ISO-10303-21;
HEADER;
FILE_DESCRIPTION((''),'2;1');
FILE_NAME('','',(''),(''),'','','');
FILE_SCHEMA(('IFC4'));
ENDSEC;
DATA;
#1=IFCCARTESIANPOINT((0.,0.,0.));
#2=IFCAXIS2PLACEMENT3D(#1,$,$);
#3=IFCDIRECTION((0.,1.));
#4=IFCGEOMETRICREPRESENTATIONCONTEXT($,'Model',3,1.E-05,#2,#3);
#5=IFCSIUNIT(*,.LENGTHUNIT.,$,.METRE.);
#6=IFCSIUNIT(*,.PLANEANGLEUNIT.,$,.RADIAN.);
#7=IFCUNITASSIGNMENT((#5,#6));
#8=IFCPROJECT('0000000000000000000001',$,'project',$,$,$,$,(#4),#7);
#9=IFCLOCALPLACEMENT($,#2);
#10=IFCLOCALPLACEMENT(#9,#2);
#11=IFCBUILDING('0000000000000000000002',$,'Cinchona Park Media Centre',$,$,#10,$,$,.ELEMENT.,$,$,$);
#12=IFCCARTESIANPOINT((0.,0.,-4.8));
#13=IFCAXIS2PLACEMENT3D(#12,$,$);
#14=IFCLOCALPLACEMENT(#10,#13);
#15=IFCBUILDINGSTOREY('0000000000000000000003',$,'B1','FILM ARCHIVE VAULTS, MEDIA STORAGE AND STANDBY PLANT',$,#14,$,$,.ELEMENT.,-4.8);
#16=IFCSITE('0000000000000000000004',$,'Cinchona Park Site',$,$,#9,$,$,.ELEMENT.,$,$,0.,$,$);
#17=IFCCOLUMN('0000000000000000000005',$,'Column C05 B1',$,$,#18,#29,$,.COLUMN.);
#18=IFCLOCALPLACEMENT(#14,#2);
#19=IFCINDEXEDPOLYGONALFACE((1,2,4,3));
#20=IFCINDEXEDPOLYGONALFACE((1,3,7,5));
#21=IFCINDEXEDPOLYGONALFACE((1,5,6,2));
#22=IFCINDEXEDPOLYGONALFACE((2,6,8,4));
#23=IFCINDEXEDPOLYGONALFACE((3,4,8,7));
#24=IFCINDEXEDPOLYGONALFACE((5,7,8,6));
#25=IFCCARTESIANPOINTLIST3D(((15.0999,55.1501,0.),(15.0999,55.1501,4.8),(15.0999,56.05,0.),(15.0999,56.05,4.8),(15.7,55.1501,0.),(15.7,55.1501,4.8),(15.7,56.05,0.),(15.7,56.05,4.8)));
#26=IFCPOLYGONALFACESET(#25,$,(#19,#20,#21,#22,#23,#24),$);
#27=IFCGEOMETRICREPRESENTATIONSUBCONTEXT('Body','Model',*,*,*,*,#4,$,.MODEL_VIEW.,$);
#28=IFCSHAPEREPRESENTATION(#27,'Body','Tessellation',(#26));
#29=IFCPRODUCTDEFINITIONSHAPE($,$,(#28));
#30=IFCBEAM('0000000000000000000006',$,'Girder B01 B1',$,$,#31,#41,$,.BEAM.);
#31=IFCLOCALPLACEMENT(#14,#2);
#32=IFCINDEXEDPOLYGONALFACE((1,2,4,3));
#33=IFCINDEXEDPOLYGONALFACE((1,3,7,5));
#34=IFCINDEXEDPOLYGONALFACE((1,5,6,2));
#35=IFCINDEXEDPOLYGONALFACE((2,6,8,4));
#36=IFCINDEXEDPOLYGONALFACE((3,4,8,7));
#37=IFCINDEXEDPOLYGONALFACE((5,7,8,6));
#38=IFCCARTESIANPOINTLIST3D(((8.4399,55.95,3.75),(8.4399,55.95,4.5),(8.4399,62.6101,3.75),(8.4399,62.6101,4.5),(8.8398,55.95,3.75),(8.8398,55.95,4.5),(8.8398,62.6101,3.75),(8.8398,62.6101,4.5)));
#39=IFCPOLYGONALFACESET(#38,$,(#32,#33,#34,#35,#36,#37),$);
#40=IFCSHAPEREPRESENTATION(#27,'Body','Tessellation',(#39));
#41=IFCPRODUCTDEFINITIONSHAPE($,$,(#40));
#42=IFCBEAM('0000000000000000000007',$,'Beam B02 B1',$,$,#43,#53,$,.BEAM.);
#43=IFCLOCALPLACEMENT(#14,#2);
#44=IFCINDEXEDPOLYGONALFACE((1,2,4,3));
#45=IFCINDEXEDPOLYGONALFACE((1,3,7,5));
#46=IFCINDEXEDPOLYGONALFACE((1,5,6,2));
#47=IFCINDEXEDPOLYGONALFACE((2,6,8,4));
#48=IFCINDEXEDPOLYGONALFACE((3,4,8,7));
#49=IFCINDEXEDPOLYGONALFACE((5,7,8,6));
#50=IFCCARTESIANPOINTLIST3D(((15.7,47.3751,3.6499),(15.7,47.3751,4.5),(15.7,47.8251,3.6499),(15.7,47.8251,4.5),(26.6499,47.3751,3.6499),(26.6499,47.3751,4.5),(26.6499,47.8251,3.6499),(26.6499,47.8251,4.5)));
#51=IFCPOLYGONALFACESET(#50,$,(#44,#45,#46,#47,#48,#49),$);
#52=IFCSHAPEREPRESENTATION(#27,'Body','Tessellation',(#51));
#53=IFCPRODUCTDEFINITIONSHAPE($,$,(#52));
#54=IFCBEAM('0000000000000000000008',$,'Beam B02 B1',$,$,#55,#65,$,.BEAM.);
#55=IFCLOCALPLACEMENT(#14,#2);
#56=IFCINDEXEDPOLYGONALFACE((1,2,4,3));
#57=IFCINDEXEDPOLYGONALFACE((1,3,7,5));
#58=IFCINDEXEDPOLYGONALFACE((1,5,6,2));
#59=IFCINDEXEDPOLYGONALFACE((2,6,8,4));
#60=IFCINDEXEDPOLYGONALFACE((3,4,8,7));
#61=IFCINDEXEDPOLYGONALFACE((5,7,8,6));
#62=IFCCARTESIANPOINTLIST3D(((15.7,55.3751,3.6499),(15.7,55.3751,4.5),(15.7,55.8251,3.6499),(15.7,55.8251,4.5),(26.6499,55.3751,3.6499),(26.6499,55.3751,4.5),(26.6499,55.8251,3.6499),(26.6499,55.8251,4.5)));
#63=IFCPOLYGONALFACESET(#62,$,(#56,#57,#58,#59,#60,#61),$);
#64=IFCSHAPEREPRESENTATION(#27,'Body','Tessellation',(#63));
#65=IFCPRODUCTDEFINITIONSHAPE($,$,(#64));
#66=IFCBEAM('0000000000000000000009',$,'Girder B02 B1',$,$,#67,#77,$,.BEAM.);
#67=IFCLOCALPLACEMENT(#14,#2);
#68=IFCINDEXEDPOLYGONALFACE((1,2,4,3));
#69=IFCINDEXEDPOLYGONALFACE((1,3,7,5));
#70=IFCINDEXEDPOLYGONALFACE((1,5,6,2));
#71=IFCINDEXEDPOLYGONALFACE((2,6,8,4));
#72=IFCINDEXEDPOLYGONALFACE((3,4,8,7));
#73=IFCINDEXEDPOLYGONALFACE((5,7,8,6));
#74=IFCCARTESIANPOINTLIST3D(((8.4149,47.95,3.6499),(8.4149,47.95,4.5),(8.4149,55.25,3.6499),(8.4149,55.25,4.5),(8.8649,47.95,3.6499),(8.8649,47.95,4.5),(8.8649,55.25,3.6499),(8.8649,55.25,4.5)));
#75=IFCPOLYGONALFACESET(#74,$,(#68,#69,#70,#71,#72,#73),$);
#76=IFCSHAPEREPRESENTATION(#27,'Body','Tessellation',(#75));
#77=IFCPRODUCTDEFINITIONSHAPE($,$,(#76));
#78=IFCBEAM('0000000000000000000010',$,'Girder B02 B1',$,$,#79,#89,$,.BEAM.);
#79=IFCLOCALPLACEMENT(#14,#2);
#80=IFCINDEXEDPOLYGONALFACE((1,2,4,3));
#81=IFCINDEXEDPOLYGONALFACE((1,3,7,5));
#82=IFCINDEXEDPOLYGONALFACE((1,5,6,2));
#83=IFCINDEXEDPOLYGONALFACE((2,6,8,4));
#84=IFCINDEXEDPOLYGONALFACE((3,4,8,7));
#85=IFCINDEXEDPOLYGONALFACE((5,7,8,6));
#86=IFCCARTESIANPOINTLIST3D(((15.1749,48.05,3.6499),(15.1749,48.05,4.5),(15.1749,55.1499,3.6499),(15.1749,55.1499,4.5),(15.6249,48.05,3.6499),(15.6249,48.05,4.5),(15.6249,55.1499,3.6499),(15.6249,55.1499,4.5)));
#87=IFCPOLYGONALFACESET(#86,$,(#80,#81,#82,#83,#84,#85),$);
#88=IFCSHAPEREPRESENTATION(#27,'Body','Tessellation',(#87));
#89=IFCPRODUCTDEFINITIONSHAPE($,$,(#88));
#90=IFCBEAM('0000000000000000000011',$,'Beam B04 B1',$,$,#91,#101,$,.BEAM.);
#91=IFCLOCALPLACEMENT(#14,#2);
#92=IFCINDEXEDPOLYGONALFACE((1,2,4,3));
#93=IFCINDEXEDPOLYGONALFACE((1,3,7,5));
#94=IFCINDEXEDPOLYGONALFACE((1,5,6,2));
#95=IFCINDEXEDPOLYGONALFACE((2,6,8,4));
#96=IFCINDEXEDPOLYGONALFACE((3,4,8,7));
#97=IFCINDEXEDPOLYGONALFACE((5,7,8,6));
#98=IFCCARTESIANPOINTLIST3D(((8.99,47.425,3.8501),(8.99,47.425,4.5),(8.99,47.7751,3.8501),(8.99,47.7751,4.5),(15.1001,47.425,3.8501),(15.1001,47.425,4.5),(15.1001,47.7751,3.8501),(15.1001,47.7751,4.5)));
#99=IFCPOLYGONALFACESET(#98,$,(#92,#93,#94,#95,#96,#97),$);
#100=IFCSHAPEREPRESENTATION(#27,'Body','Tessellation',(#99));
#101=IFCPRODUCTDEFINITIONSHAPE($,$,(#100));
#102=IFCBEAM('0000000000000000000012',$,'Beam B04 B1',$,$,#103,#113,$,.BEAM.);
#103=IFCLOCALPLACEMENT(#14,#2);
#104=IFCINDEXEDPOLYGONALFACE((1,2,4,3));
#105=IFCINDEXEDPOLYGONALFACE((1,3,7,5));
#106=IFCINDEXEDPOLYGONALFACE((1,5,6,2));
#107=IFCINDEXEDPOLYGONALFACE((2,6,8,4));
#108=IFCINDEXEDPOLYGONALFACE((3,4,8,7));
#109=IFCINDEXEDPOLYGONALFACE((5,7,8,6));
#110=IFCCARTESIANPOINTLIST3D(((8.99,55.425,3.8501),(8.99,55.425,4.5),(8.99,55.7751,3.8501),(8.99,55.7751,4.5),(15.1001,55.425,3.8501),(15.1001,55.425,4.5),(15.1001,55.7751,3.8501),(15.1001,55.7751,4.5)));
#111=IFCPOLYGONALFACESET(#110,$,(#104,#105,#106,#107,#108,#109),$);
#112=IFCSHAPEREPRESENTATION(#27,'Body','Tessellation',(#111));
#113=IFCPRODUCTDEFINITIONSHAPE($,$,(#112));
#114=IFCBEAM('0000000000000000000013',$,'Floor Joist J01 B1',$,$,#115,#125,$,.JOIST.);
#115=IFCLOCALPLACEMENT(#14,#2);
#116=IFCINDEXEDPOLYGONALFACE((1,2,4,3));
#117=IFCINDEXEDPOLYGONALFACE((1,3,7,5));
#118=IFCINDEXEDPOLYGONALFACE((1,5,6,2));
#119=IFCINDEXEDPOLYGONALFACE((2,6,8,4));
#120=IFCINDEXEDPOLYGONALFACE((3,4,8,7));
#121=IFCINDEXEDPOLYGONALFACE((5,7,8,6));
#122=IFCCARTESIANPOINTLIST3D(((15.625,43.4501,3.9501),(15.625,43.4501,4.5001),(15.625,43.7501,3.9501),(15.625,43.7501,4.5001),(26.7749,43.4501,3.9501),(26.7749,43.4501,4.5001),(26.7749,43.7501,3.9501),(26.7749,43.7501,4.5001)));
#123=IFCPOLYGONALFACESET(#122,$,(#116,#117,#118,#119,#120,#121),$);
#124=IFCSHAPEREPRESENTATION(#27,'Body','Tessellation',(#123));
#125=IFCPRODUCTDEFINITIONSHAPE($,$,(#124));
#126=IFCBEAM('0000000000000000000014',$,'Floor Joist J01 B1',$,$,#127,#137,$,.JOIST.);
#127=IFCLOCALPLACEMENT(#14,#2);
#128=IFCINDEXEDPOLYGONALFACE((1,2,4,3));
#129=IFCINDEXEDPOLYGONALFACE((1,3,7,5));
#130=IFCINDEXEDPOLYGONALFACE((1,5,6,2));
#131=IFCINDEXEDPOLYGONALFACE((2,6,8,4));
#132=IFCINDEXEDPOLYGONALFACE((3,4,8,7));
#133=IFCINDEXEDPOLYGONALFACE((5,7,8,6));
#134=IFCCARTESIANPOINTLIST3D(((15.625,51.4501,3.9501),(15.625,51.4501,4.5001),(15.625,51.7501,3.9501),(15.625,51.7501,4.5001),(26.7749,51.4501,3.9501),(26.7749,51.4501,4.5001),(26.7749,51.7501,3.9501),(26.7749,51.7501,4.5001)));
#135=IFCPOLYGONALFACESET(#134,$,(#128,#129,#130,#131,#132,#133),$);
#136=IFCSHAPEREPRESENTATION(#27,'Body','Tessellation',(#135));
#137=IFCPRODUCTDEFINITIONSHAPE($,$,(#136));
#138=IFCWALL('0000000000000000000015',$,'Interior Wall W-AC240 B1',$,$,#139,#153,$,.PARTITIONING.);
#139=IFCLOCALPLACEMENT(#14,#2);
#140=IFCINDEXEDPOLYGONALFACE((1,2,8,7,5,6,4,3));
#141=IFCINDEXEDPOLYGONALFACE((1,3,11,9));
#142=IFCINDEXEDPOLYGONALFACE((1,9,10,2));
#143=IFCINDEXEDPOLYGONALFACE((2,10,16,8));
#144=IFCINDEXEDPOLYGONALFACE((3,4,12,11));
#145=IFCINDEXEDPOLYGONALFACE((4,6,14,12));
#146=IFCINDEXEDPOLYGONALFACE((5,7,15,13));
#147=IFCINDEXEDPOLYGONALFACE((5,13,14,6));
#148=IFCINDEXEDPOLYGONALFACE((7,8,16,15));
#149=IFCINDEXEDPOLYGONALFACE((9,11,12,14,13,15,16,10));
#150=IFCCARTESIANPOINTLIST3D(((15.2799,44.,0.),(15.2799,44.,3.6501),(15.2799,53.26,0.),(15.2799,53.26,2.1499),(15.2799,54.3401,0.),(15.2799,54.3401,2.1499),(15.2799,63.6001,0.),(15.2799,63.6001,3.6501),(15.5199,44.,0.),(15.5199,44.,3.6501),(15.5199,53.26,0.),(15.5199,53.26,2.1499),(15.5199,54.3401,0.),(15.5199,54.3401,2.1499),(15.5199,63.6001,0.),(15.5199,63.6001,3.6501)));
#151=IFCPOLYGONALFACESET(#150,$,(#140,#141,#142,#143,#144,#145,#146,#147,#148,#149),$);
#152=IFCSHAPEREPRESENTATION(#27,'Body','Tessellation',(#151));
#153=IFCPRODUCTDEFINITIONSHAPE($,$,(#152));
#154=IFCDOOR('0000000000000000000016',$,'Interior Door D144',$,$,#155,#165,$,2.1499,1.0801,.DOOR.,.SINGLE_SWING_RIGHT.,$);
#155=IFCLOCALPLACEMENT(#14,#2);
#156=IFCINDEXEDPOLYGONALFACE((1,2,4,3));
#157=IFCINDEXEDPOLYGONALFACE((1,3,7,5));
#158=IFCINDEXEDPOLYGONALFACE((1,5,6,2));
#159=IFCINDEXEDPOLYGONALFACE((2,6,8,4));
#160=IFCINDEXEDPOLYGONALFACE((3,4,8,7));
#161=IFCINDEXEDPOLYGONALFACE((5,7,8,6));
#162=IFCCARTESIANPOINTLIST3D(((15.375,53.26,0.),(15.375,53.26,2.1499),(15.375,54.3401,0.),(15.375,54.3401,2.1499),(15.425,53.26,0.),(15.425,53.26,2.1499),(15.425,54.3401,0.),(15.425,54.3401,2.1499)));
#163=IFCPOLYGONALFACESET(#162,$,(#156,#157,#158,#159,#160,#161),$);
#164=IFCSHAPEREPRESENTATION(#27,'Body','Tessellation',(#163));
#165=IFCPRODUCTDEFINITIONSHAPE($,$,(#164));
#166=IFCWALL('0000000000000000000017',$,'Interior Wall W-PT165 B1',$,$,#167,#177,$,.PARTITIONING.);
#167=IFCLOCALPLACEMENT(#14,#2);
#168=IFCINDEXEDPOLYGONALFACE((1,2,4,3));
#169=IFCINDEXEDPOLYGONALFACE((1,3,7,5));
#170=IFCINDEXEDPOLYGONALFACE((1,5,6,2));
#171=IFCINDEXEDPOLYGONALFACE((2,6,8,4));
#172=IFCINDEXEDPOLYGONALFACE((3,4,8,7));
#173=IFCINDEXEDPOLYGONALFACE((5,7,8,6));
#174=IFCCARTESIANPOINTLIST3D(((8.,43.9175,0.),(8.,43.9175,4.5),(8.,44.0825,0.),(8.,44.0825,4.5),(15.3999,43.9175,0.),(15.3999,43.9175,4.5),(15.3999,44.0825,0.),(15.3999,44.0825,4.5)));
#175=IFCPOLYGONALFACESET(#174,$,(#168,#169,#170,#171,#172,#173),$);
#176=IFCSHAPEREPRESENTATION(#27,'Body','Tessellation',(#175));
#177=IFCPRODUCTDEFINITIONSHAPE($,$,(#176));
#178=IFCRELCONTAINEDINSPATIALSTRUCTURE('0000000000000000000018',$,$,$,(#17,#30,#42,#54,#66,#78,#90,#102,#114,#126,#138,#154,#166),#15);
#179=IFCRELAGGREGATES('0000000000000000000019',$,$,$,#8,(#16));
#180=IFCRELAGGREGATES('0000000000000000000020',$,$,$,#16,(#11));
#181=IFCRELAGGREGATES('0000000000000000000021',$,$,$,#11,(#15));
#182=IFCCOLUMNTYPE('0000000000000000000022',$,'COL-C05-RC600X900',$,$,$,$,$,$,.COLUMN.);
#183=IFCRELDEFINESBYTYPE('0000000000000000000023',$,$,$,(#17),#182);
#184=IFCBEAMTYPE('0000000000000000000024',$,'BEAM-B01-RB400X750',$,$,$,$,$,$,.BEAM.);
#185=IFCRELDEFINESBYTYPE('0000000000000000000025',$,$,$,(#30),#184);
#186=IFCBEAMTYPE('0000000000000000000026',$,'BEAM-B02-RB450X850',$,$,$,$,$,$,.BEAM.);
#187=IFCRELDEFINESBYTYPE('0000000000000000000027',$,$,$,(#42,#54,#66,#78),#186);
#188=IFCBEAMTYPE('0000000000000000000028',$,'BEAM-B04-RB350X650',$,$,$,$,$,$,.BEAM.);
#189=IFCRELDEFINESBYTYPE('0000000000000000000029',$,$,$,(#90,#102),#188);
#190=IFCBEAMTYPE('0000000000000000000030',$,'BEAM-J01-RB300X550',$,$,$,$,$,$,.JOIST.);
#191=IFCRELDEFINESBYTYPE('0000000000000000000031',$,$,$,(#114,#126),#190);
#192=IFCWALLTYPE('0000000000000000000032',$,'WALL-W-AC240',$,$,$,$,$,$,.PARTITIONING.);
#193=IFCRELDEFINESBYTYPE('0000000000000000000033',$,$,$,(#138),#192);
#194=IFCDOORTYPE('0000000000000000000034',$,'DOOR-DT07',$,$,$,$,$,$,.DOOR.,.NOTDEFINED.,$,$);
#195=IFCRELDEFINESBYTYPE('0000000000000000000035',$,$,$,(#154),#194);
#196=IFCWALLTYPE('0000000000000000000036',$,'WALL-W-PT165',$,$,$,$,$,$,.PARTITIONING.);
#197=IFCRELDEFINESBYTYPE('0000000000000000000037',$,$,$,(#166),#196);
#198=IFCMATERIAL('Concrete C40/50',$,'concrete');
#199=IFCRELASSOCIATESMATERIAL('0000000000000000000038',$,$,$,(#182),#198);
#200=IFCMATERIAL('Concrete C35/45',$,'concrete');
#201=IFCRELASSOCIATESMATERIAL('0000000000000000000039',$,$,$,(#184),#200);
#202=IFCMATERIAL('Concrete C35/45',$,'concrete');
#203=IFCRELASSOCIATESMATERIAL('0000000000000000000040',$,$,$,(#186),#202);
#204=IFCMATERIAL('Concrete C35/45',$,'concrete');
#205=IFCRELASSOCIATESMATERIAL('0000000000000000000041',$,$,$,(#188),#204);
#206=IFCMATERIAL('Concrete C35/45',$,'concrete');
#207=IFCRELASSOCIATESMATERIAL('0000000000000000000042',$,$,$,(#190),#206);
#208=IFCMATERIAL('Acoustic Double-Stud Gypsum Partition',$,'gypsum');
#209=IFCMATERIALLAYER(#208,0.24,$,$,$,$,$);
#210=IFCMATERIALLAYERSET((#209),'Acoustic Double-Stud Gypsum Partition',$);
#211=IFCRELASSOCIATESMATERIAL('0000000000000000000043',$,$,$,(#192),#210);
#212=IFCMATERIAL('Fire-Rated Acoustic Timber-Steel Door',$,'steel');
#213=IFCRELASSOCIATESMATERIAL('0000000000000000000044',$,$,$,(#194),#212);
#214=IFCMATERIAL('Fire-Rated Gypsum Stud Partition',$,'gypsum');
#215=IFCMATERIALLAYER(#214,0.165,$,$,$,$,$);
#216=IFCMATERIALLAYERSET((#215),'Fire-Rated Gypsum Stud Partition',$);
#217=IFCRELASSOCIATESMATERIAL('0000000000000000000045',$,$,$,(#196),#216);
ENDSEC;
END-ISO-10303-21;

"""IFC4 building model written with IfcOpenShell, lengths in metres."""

from ifc_helpers import new_model, si_unit, direction, frame, frame_2d, origin, origin_2d, place, context, subcontext, project, spatial, rectangle, extrude, material, layer, layer_set, material_profile, profile_set, type_object, element, fill, save


model = new_model("IFC4")

# Units and contexts
model_context = context("Model", 3, precision=1e-05, world=origin(), true_north=direction((0.0, 1.0)))
body_context = subcontext(model_context, "Body", "Model", "MODEL_VIEW")
ifc_project = project(units=[si_unit("LENGTHUNIT", "METRE"), si_unit("PLANEANGLEUNIT", "RADIAN")], contexts=[model_context])

# Site, building, storey
site_placement = place(None, origin())
site = spatial("IfcSite", under=ifc_project, at=site_placement, Name="Cinchona Park Site", CompositionType="ELEMENT", RefElevation=0.0)
building_placement = place(site_placement, origin())
building = spatial("IfcBuilding", under=site, at=building_placement, Name="Cinchona Park Media Centre", CompositionType="ELEMENT")
storey_placement = place(building_placement, frame((0.0, 0.0, -4.8)))
storey = spatial("IfcBuildingStorey", under=building, at=storey_placement, Name="B1", Description="FILM ARCHIVE VAULTS, MEDIA STORAGE AND STANDBY PLANT", CompositionType="ELEMENT", Elevation=-4.8)

# Column
ifc_material_1 = material(Name="Concrete C40/50", Category="concrete")
ifc_material_profile_1 = material_profile(ifc_material_1, rectangle(XDim=0.6001, YDim=0.8999, at=origin_2d()), Name="RC 600X900")
ifc_profile_set_1 = profile_set([ifc_material_profile_1], Name="Concrete C40/50")
column_type_1 = type_object("IfcColumnType", Name="COL-C05-RC600X900", PredefinedType="COLUMN", material=ifc_profile_set_1)
for number, where, z_axis, x_axis, name in (
    (1, (15.3999, 55.6001, 0.0), (0.0, 0.0, 1.0), (1.0, 0.0, 0.0), "Column C05 B1"),
):
    element("IfcColumn", number, at=place(storey_placement, frame(where, z_axis=z_axis, x_axis=x_axis)), inside=storey, type_object=column_type_1, Name=name, PredefinedType="COLUMN", context=body_context, shape_type="SweptSolid", body=[
        extrude(rectangle(XDim=0.6001, YDim=0.8999, at=origin_2d()), origin(), (0.0, 0.0, 1.0), 4.8),
    ])

# Beams
ifc_material_2 = material(Name="Concrete C35/45", Category="concrete")
ifc_material_profile_2 = material_profile(ifc_material_2, rectangle(XDim=0.3999, YDim=0.75, at=origin_2d()), Name="RB 400X750")
ifc_profile_set_2 = profile_set([ifc_material_profile_2], Name="Concrete C35/45")
beam_type_1 = type_object("IfcBeamType", Name="BEAM-B01-RB400X750", PredefinedType="BEAM", material=ifc_profile_set_2)
beam_1_placement = place(storey_placement, frame((8.6399, 55.95, 4.125), z_axis=(0.0, 1.0, 0.0), x_axis=(-1.0, 0.0, 0.0)))
element("IfcBeam", 2, at=beam_1_placement, inside=storey, type_object=beam_type_1, Name="Girder B01 B1", PredefinedType="BEAM", context=body_context, shape_type="SweptSolid", body=[
    extrude(rectangle(XDim=0.3999, YDim=0.75, at=origin_2d()), origin(), (0.0, 0.0, 1.0), 6.6602),
])
ifc_material_3 = material(Name="Concrete C35/45", Category="concrete")
ifc_material_profile_3 = material_profile(ifc_material_3, rectangle(XDim=0.45, YDim=0.8501, at=origin_2d()), Name="RB 450X850")
ifc_profile_set_3 = profile_set([ifc_material_profile_3], Name="Concrete C35/45")
beam_type_2 = type_object("IfcBeamType", Name="BEAM-B02-RB450X850", PredefinedType="BEAM", material=ifc_profile_set_3)
for number, where, z_axis, x_axis, name in (
    (3, (15.7, 47.6001, 4.075), (1.0, 0.0, 0.0), (0.0, 1.0, 0.0), "Beam B02 B1"),
    (4, (15.7, 55.6001, 4.075), (1.0, 0.0, 0.0), (0.0, 1.0, 0.0), "Beam B02 B1"),
):
    element("IfcBeam", number, at=place(storey_placement, frame(where, z_axis=z_axis, x_axis=x_axis)), inside=storey, type_object=beam_type_2, Name=name, PredefinedType="BEAM", context=body_context, shape_type="SweptSolid", body=[
        extrude(rectangle(XDim=0.45, YDim=0.8501, at=origin_2d()), origin(), (0.0, 0.0, 1.0), 10.95),
    ])
beam_2_placement = place(storey_placement, frame((8.6399, 47.95, 4.075), z_axis=(0.0, 1.0, 0.0), x_axis=(-1.0, 0.0, 0.0)))
element("IfcBeam", 5, at=beam_2_placement, inside=storey, type_object=beam_type_2, Name="Girder B02 B1", PredefinedType="BEAM", context=body_context, shape_type="SweptSolid", body=[
    extrude(rectangle(XDim=0.45, YDim=0.8501, at=origin_2d()), origin(), (0.0, 0.0, 1.0), 7.3),
])
beam_3_placement = place(storey_placement, frame((15.3999, 48.05, 4.075), z_axis=(0.0, 1.0, 0.0), x_axis=(-1.0, 0.0, 0.0)))
element("IfcBeam", 6, at=beam_3_placement, inside=storey, type_object=beam_type_2, Name="Girder B02 B1", PredefinedType="BEAM", context=body_context, shape_type="SweptSolid", body=[
    extrude(rectangle(XDim=0.45, YDim=0.8501, at=origin_2d()), origin(), (0.0, 0.0, 1.0), 7.0999),
])
ifc_material_4 = material(Name="Concrete C35/45", Category="concrete")
ifc_material_profile_4 = material_profile(ifc_material_4, rectangle(XDim=0.3501, YDim=0.6499, at=origin_2d()), Name="RB 350X650")
ifc_profile_set_4 = profile_set([ifc_material_profile_4], Name="Concrete C35/45")
beam_type_3 = type_object("IfcBeamType", Name="BEAM-B04-RB350X650", PredefinedType="BEAM", material=ifc_profile_set_4)
for number, where, z_axis, x_axis, name in (
    (7, (8.99, 47.6001, 4.175), (1.0, 0.0, 0.0), (0.0, 1.0, 0.0), "Beam B04 B1"),
    (8, (8.99, 55.6001, 4.175), (1.0, 0.0, 0.0), (0.0, 1.0, 0.0), "Beam B04 B1"),
):
    element("IfcBeam", number, at=place(storey_placement, frame(where, z_axis=z_axis, x_axis=x_axis)), inside=storey, type_object=beam_type_3, Name=name, PredefinedType="BEAM", context=body_context, shape_type="SweptSolid", body=[
        extrude(rectangle(XDim=0.3501, YDim=0.6499, at=origin_2d()), origin(), (0.0, 0.0, 1.0), 6.1101),
    ])
ifc_material_5 = material(Name="Concrete C35/45", Category="concrete")
ifc_material_profile_5 = material_profile(ifc_material_5, rectangle(XDim=0.3, YDim=0.55, at=origin_2d()), Name="RB 300X550")
ifc_profile_set_5 = profile_set([ifc_material_profile_5], Name="Concrete C35/45")
beam_type_4 = type_object("IfcBeamType", Name="BEAM-J01-RB300X550", PredefinedType="JOIST", material=ifc_profile_set_5)
for number, where, z_axis, x_axis, name in (
    (9, (15.625, 43.6001, 4.2251), (1.0, 0.0, 0.0), (0.0, 1.0, 0.0), "Floor Joist J01 B1"),
    (10, (15.625, 51.6001, 4.2251), (1.0, 0.0, 0.0), (0.0, 1.0, 0.0), "Floor Joist J01 B1"),
):
    element("IfcBeam", number, at=place(storey_placement, frame(where, z_axis=z_axis, x_axis=x_axis)), inside=storey, type_object=beam_type_4, Name=name, PredefinedType="JOIST", context=body_context, shape_type="SweptSolid", body=[
        extrude(rectangle(XDim=0.3, YDim=0.55, at=origin_2d()), origin(), (0.0, 0.0, 1.0), 11.1499),
    ])

# Wall, opening, door
ifc_material_6 = material(Name="Acoustic Double-Stud Gypsum Partition", Category="gypsum")
ifc_layer_1 = layer(ifc_material_6, 0.24)
ifc_layer_set_1 = layer_set([ifc_layer_1], Name="Acoustic Double-Stud Gypsum Partition")
wall_type_1 = type_object("IfcWallType", Name="WALL-W-AC240", PredefinedType="PARTITIONING", material=ifc_layer_set_1)
wall_1_placement = place(storey_placement, frame((15.3999, 44.0, 0.0), z_axis=(0.0, 0.0, 1.0), x_axis=(0.0, 1.0, 0.0)))
wall_1 = element("IfcWall", 11, at=wall_1_placement, inside=storey, type_object=wall_type_1, Name="Interior Wall W-AC240 B1", PredefinedType="PARTITIONING", context=body_context, shape_type="SweptSolid", body=[
    extrude(rectangle(XDim=19.6001, YDim=0.24, at=frame_2d((9.8, 0.0))), origin(), (0.0, 0.0, 1.0), 3.6501),
])
opening_placement = place(wall_1_placement, frame((9.26, 0.0, 0.0)))
opening = element("IfcOpeningElement", 12, at=opening_placement, cuts=wall_1, PredefinedType="OPENING", context=body_context, shape_type="SweptSolid", body=[
    extrude(rectangle(XDim=1.0801, YDim=2.1499, at=frame_2d((0.54, 1.075))), frame((0.0, 0.1299, 0.0), z_axis=(0.0, -1.0, 0.0), x_axis=(1.0, 0.0, 0.0)), (0.0, 0.0, 1.0), 0.26),
])
ifc_material_7 = material(Name="Fire-Rated Acoustic Timber-Steel Door", Category="steel")
door_type = type_object("IfcDoorType", Name="DOOR-DT07", OperationType="NOTDEFINED", PredefinedType="DOOR", material=ifc_material_7)
door_placement = place(opening_placement, origin())
door = element("IfcDoor", 13, at=door_placement, inside=storey, type_object=door_type, Name="Interior Door D144", OperationType="SINGLE_SWING_RIGHT", OverallHeight=2.1499, OverallWidth=1.0801, PredefinedType="DOOR", context=body_context, shape_type="SweptSolid", body=[
    extrude(rectangle(XDim=1.0801, YDim=2.1499, at=frame_2d((0.54, 1.075))), frame((0.0, 0.0249, 0.0), z_axis=(0.0, -1.0, 0.0), x_axis=(1.0, 0.0, 0.0)), (0.0, 0.0, 1.0), 0.05),
])
fill(opening, door)

# Wall
ifc_material_8 = material(Name="Fire-Rated Gypsum Stud Partition", Category="gypsum")
ifc_layer_2 = layer(ifc_material_8, 0.165)
ifc_layer_set_2 = layer_set([ifc_layer_2], Name="Fire-Rated Gypsum Stud Partition")
wall_type_2 = type_object("IfcWallType", Name="WALL-W-PT165", PredefinedType="PARTITIONING", material=ifc_layer_set_2)
wall_2_placement = place(storey_placement, frame((8.0, 44.0, 0.0), z_axis=(0.0, 0.0, 1.0), x_axis=(1.0, 0.0, 0.0)))
element("IfcWall", 14, at=wall_2_placement, inside=storey, type_object=wall_type_2, Name="Interior Wall W-PT165 B1", PredefinedType="PARTITIONING", context=body_context, shape_type="SweptSolid", body=[
    extrude(rectangle(XDim=7.3999, YDim=0.165, at=frame_2d((3.7, 0.0))), origin(), (0.0, 0.0, 1.0), 4.5),
])

save(model, "model.ifc")
